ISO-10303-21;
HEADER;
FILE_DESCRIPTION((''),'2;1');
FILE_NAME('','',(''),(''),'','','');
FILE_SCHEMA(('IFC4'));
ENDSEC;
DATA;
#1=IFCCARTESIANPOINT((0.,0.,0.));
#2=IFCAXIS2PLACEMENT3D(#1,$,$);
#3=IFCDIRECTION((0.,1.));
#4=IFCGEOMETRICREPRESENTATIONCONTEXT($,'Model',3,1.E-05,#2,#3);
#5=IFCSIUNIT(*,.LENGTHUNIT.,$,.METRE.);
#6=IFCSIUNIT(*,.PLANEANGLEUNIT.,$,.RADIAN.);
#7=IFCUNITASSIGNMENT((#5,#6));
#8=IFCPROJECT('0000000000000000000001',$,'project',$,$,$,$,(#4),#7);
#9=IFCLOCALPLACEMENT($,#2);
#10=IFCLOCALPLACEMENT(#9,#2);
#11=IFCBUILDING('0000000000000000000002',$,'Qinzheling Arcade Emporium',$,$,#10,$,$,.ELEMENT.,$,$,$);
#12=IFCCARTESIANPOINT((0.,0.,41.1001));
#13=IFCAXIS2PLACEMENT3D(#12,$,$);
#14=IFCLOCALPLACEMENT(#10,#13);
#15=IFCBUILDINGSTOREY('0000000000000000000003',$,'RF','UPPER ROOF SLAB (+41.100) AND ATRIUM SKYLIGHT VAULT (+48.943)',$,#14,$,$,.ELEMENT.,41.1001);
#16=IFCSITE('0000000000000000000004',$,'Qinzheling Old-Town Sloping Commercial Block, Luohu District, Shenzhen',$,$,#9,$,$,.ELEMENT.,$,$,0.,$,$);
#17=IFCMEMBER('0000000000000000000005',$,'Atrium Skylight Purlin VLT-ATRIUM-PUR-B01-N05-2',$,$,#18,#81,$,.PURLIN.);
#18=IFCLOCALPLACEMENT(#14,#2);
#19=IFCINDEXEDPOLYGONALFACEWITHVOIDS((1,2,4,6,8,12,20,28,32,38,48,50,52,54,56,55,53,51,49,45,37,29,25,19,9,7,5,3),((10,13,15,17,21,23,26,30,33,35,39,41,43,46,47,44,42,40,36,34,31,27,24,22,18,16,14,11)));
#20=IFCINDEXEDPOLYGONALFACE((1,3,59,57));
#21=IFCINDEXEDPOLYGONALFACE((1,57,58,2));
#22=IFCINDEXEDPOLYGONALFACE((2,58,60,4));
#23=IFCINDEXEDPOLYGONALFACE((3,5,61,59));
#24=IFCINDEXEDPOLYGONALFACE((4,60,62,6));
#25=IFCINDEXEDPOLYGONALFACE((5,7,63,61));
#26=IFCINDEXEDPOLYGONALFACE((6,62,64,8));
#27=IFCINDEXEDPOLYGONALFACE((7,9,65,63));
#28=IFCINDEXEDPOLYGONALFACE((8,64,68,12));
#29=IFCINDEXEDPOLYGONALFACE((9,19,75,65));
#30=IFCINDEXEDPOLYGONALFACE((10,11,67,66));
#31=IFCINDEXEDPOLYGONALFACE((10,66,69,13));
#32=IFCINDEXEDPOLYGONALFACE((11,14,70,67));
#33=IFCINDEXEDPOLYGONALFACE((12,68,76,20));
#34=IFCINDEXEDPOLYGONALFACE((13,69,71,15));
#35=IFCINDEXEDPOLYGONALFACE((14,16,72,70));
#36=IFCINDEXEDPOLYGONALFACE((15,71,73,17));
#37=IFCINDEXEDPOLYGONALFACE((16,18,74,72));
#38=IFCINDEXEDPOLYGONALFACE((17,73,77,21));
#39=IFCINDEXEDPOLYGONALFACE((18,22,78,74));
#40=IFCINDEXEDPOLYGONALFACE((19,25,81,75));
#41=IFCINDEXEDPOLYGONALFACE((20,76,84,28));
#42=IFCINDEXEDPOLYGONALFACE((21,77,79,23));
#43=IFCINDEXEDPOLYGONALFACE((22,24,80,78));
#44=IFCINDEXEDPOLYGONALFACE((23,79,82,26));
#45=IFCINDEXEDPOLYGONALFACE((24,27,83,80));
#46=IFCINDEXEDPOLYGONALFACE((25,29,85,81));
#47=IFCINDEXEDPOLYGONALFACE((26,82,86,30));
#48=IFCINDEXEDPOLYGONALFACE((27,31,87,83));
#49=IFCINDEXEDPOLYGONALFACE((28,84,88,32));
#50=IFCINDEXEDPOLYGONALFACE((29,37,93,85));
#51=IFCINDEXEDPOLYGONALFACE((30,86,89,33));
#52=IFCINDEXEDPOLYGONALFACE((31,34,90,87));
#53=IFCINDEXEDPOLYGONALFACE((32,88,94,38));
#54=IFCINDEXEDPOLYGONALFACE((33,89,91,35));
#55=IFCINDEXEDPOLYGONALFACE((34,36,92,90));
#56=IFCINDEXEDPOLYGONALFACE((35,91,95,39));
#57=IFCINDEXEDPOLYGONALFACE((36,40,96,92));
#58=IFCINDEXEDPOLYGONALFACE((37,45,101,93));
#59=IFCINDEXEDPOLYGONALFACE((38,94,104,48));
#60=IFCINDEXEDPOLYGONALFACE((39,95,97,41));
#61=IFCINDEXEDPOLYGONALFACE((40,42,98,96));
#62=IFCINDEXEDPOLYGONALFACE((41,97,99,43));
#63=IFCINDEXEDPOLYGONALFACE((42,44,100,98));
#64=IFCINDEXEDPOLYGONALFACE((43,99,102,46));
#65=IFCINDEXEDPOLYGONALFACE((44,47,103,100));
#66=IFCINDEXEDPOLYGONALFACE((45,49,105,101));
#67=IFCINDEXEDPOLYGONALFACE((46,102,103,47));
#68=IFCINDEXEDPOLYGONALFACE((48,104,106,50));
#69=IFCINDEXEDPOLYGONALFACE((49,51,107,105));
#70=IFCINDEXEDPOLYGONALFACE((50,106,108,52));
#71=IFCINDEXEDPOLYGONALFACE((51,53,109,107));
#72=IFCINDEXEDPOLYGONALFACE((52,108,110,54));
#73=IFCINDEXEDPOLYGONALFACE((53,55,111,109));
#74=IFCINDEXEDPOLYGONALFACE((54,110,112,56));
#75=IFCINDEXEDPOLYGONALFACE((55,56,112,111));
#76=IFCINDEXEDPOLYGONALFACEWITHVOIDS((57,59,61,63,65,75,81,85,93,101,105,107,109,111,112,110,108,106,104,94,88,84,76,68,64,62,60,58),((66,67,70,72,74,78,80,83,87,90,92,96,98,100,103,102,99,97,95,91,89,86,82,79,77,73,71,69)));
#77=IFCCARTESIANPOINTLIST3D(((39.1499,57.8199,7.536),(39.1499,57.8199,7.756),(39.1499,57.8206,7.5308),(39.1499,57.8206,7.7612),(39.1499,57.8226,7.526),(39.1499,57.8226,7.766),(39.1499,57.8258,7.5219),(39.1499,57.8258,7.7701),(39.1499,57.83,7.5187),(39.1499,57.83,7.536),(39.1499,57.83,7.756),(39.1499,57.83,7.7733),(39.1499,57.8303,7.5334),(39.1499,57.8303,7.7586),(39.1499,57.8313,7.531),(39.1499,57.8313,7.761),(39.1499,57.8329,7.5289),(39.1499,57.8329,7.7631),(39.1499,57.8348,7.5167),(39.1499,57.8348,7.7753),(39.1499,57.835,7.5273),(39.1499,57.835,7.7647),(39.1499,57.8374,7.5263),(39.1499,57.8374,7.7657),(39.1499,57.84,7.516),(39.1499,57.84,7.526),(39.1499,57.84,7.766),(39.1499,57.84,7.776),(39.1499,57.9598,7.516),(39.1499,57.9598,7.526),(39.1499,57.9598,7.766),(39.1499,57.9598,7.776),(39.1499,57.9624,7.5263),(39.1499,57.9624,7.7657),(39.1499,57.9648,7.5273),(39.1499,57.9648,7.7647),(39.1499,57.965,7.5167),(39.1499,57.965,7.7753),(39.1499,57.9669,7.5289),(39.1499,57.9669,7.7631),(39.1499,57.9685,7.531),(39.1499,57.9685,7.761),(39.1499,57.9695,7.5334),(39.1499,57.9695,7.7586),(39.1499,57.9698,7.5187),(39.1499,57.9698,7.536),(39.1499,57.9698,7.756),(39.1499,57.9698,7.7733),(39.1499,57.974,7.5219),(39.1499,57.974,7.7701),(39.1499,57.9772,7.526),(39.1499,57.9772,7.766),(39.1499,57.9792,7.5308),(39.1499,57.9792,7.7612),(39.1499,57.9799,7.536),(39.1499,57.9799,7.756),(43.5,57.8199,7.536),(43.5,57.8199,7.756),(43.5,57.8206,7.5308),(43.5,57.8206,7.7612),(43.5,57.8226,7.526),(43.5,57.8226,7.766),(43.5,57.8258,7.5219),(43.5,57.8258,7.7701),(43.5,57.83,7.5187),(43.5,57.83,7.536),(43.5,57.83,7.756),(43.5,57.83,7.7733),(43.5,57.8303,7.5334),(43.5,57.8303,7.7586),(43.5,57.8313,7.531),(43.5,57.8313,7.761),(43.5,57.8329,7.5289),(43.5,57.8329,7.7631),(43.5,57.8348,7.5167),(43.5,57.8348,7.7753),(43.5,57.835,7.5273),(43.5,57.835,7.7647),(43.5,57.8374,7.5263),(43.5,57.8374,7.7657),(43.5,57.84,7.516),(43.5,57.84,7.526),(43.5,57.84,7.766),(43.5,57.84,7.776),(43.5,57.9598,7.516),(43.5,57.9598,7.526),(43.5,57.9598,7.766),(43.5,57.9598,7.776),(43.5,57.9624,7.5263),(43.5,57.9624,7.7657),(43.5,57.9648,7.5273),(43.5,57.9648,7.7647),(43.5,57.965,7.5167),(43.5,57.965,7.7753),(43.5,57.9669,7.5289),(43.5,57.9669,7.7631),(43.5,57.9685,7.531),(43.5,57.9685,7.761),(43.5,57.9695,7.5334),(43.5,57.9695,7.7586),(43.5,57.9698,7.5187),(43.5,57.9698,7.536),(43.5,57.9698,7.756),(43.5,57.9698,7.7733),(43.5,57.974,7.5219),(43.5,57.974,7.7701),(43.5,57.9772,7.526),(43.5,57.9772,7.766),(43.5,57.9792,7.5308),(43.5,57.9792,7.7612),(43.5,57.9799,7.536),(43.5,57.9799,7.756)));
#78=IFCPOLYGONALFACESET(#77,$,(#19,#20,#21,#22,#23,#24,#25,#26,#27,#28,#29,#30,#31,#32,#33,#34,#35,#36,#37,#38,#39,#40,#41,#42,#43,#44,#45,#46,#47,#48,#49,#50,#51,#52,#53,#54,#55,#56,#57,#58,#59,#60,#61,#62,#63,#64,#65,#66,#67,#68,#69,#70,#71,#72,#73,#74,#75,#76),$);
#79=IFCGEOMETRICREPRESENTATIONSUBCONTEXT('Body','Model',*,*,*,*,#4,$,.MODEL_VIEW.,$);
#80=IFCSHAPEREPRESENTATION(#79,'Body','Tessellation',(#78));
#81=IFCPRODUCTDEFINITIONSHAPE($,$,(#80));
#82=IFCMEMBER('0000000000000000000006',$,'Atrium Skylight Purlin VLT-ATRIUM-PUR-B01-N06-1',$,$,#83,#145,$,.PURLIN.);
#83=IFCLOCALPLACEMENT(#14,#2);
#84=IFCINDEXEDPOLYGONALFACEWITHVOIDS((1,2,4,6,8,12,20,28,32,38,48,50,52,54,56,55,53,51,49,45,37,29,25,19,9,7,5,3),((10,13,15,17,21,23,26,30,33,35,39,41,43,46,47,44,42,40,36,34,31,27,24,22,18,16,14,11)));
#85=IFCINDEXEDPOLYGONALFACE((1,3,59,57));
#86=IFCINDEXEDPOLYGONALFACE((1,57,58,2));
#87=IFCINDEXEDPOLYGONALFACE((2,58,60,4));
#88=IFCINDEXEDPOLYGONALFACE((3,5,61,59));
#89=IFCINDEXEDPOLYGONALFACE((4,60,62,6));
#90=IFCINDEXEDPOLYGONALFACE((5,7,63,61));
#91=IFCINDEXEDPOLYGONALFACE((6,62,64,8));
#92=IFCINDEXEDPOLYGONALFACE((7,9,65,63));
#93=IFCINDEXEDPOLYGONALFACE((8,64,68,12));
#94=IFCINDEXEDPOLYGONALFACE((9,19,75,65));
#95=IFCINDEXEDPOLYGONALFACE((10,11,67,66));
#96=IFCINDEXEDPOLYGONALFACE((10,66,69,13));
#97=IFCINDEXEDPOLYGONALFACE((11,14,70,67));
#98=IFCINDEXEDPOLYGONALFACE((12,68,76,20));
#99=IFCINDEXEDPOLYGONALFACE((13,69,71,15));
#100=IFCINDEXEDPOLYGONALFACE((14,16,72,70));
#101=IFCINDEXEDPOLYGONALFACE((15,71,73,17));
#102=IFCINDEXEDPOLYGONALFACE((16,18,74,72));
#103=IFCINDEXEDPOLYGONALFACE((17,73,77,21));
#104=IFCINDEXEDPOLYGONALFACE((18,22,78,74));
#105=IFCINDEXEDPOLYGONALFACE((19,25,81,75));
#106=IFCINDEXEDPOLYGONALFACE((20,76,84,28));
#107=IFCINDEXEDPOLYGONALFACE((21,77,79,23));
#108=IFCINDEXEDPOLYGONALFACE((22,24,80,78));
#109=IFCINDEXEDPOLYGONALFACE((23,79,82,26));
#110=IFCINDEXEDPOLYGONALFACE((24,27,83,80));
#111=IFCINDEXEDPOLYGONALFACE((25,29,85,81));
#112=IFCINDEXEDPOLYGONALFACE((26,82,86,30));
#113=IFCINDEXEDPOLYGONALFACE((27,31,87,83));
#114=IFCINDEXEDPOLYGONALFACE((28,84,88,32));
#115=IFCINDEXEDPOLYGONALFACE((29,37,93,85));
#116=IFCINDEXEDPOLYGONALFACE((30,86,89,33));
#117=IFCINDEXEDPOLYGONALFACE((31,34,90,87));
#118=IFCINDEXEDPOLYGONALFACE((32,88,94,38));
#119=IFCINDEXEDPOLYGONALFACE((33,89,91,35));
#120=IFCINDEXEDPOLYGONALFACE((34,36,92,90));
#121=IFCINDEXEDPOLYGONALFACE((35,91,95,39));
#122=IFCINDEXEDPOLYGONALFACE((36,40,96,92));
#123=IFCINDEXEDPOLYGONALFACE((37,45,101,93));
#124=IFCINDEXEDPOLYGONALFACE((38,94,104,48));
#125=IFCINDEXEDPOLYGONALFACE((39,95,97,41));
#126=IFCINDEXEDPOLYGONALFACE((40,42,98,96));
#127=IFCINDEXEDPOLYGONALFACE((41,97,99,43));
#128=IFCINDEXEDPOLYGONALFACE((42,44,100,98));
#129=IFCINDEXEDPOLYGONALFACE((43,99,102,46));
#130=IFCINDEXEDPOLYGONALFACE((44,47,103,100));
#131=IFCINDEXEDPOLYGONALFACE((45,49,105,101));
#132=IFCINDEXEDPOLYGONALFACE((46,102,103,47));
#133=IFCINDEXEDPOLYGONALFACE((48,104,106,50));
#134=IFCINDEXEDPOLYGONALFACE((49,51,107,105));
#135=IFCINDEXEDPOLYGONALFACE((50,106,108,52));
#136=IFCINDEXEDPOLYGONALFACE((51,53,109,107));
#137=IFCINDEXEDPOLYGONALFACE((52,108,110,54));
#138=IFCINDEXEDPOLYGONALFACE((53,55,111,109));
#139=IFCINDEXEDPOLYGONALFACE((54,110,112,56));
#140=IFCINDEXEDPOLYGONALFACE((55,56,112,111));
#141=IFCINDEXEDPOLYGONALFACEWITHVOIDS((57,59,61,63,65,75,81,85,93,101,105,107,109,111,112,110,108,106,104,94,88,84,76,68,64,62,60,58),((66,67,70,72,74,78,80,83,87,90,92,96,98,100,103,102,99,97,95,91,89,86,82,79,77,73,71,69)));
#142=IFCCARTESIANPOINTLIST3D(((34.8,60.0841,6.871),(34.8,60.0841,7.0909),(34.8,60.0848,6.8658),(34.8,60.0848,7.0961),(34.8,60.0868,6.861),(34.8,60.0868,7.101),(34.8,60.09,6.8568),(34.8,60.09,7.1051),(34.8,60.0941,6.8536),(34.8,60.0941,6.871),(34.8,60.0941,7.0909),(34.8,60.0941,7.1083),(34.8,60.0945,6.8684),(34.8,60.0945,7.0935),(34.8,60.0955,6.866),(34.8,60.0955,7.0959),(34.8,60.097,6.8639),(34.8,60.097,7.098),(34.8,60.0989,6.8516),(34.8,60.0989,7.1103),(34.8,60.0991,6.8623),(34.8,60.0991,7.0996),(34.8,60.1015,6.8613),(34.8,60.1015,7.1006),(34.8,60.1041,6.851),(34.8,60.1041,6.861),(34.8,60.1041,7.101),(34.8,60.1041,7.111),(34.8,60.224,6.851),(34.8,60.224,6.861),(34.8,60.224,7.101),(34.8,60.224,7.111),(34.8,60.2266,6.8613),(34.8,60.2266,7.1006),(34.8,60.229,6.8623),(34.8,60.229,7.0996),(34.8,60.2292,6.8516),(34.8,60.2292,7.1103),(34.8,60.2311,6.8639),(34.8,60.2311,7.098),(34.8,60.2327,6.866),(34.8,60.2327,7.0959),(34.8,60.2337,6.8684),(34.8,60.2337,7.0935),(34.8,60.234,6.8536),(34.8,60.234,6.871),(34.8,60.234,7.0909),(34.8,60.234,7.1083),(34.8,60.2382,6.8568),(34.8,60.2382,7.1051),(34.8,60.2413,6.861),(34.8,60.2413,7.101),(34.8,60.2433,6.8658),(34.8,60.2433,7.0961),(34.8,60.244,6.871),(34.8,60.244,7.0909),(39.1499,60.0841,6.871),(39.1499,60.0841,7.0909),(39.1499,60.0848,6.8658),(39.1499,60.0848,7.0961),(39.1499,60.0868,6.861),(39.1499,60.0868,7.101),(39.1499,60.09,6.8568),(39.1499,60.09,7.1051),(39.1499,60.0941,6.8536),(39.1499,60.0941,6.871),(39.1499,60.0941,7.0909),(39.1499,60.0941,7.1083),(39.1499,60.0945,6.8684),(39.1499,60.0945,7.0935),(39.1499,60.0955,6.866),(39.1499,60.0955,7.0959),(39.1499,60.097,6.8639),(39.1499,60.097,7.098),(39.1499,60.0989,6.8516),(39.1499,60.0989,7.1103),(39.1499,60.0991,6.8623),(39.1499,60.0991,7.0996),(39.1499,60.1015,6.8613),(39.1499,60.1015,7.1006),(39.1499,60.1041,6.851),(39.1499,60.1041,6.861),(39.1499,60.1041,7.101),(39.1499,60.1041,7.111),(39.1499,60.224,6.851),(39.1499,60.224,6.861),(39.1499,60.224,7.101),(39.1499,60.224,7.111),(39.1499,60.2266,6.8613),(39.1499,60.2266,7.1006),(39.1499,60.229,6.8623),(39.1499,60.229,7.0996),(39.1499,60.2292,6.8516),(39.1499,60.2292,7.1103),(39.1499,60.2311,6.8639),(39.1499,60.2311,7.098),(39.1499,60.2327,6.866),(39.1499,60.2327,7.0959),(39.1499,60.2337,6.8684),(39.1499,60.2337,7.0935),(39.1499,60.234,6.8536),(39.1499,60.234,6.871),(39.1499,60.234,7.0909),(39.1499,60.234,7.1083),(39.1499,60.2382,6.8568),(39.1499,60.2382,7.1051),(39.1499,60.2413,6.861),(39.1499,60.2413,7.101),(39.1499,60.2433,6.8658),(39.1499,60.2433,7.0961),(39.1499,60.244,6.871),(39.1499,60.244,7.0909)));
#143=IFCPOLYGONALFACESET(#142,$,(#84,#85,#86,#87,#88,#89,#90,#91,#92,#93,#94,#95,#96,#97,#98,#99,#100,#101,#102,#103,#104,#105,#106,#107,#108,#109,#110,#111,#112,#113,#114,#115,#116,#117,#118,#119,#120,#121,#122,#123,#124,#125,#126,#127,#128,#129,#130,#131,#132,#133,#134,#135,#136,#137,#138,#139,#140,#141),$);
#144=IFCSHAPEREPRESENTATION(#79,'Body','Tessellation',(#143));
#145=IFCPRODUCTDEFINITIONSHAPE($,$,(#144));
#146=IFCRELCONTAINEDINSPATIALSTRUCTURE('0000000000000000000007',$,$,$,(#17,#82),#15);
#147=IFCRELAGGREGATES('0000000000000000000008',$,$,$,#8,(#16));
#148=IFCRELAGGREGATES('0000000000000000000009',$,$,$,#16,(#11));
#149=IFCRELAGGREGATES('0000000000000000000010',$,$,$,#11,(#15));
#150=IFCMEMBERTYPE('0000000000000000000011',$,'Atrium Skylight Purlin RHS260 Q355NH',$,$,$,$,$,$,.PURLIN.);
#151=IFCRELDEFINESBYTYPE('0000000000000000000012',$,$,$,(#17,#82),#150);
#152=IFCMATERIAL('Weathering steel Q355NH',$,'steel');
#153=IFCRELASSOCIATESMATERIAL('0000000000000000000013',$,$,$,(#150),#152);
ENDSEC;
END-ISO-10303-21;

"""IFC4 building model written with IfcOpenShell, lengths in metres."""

from ifc_helpers import new_model, si_unit, direction, frame, origin, origin_2d, place, context, subcontext, project, spatial, hollow_rectangle, extrude, material, material_profile, profile_set, type_object, element, save


model = new_model("IFC4")

# Units and contexts
model_context = context("Model", 3, precision=1e-05, world=origin(), true_north=direction((0.0, 1.0)))
body_context = subcontext(model_context, "Body", "Model", "MODEL_VIEW")
ifc_project = project(units=[si_unit("LENGTHUNIT", "METRE"), si_unit("PLANEANGLEUNIT", "RADIAN")], contexts=[model_context])

# Site, building, storey
site_placement = place(None, origin())
site = spatial("IfcSite", under=ifc_project, at=site_placement, Name="Qinzheling Old-Town Sloping Commercial Block, Luohu District, Shenzhen", CompositionType="ELEMENT", RefElevation=0.0)
building_placement = place(site_placement, origin())
building = spatial("IfcBuilding", under=site, at=building_placement, Name="Qinzheling Arcade Emporium", CompositionType="ELEMENT")
storey_placement = place(building_placement, frame((0.0, 0.0, 41.1001)))
storey = spatial("IfcBuildingStorey", under=building, at=storey_placement, Name="RF", Description="UPPER ROOF SLAB (+41.100) AND ATRIUM SKYLIGHT VAULT (+48.943)", CompositionType="ELEMENT", Elevation=41.1001)

# Shared definitions
ifc_material_1 = material(Name="Weathering steel Q355NH", Category="steel")

# Members
ifc_material_profile_1 = material_profile(ifc_material_1, hollow_rectangle(XDim=0.1599, YDim=0.26, WallThickness=0.01, InnerFilletRadius=0.01, OuterFilletRadius=0.02, at=origin_2d()), Name="RHS 260x160x10", Category="steel")
ifc_profile_set_1 = profile_set([ifc_material_profile_1], Name="Weathering steel Q355NH")
member_type = type_object("IfcMemberType", Name="Atrium Skylight Purlin RHS260 Q355NH", PredefinedType="PURLIN", material=ifc_profile_set_1)
member_1_placement = place(storey_placement, frame((39.1499, 57.8999, 7.646), z_axis=(1.0, 0.0, 0.0), x_axis=(0.0, 1.0, 0.0)))
element("IfcMember", 1, at=member_1_placement, inside=storey, type_object=member_type, Name="Atrium Skylight Purlin VLT-ATRIUM-PUR-B01-N05-2", PredefinedType="PURLIN", context=body_context, shape_type="SweptSolid", body=[
    extrude(hollow_rectangle(XDim=0.1599, YDim=0.26, WallThickness=0.01, InnerFilletRadius=0.01, OuterFilletRadius=0.02, at=origin_2d()), origin(), (0.0, 0.0, 1.0), 4.3501),
])
member_2_placement = place(storey_placement, frame((34.8, 60.1641, 6.981), z_axis=(1.0, 0.0, 0.0), x_axis=(0.0, 1.0, 0.0)))
element("IfcMember", 2, at=member_2_placement, inside=storey, type_object=member_type, Name="Atrium Skylight Purlin VLT-ATRIUM-PUR-B01-N06-1", PredefinedType="PURLIN", context=body_context, shape_type="SweptSolid", body=[
    extrude(hollow_rectangle(XDim=0.1599, YDim=0.26, WallThickness=0.01, InnerFilletRadius=0.01, OuterFilletRadius=0.02, at=origin_2d()), origin(), (0.0, 0.0, 1.0), 4.3499),
])

save(model, "model.ifc")
